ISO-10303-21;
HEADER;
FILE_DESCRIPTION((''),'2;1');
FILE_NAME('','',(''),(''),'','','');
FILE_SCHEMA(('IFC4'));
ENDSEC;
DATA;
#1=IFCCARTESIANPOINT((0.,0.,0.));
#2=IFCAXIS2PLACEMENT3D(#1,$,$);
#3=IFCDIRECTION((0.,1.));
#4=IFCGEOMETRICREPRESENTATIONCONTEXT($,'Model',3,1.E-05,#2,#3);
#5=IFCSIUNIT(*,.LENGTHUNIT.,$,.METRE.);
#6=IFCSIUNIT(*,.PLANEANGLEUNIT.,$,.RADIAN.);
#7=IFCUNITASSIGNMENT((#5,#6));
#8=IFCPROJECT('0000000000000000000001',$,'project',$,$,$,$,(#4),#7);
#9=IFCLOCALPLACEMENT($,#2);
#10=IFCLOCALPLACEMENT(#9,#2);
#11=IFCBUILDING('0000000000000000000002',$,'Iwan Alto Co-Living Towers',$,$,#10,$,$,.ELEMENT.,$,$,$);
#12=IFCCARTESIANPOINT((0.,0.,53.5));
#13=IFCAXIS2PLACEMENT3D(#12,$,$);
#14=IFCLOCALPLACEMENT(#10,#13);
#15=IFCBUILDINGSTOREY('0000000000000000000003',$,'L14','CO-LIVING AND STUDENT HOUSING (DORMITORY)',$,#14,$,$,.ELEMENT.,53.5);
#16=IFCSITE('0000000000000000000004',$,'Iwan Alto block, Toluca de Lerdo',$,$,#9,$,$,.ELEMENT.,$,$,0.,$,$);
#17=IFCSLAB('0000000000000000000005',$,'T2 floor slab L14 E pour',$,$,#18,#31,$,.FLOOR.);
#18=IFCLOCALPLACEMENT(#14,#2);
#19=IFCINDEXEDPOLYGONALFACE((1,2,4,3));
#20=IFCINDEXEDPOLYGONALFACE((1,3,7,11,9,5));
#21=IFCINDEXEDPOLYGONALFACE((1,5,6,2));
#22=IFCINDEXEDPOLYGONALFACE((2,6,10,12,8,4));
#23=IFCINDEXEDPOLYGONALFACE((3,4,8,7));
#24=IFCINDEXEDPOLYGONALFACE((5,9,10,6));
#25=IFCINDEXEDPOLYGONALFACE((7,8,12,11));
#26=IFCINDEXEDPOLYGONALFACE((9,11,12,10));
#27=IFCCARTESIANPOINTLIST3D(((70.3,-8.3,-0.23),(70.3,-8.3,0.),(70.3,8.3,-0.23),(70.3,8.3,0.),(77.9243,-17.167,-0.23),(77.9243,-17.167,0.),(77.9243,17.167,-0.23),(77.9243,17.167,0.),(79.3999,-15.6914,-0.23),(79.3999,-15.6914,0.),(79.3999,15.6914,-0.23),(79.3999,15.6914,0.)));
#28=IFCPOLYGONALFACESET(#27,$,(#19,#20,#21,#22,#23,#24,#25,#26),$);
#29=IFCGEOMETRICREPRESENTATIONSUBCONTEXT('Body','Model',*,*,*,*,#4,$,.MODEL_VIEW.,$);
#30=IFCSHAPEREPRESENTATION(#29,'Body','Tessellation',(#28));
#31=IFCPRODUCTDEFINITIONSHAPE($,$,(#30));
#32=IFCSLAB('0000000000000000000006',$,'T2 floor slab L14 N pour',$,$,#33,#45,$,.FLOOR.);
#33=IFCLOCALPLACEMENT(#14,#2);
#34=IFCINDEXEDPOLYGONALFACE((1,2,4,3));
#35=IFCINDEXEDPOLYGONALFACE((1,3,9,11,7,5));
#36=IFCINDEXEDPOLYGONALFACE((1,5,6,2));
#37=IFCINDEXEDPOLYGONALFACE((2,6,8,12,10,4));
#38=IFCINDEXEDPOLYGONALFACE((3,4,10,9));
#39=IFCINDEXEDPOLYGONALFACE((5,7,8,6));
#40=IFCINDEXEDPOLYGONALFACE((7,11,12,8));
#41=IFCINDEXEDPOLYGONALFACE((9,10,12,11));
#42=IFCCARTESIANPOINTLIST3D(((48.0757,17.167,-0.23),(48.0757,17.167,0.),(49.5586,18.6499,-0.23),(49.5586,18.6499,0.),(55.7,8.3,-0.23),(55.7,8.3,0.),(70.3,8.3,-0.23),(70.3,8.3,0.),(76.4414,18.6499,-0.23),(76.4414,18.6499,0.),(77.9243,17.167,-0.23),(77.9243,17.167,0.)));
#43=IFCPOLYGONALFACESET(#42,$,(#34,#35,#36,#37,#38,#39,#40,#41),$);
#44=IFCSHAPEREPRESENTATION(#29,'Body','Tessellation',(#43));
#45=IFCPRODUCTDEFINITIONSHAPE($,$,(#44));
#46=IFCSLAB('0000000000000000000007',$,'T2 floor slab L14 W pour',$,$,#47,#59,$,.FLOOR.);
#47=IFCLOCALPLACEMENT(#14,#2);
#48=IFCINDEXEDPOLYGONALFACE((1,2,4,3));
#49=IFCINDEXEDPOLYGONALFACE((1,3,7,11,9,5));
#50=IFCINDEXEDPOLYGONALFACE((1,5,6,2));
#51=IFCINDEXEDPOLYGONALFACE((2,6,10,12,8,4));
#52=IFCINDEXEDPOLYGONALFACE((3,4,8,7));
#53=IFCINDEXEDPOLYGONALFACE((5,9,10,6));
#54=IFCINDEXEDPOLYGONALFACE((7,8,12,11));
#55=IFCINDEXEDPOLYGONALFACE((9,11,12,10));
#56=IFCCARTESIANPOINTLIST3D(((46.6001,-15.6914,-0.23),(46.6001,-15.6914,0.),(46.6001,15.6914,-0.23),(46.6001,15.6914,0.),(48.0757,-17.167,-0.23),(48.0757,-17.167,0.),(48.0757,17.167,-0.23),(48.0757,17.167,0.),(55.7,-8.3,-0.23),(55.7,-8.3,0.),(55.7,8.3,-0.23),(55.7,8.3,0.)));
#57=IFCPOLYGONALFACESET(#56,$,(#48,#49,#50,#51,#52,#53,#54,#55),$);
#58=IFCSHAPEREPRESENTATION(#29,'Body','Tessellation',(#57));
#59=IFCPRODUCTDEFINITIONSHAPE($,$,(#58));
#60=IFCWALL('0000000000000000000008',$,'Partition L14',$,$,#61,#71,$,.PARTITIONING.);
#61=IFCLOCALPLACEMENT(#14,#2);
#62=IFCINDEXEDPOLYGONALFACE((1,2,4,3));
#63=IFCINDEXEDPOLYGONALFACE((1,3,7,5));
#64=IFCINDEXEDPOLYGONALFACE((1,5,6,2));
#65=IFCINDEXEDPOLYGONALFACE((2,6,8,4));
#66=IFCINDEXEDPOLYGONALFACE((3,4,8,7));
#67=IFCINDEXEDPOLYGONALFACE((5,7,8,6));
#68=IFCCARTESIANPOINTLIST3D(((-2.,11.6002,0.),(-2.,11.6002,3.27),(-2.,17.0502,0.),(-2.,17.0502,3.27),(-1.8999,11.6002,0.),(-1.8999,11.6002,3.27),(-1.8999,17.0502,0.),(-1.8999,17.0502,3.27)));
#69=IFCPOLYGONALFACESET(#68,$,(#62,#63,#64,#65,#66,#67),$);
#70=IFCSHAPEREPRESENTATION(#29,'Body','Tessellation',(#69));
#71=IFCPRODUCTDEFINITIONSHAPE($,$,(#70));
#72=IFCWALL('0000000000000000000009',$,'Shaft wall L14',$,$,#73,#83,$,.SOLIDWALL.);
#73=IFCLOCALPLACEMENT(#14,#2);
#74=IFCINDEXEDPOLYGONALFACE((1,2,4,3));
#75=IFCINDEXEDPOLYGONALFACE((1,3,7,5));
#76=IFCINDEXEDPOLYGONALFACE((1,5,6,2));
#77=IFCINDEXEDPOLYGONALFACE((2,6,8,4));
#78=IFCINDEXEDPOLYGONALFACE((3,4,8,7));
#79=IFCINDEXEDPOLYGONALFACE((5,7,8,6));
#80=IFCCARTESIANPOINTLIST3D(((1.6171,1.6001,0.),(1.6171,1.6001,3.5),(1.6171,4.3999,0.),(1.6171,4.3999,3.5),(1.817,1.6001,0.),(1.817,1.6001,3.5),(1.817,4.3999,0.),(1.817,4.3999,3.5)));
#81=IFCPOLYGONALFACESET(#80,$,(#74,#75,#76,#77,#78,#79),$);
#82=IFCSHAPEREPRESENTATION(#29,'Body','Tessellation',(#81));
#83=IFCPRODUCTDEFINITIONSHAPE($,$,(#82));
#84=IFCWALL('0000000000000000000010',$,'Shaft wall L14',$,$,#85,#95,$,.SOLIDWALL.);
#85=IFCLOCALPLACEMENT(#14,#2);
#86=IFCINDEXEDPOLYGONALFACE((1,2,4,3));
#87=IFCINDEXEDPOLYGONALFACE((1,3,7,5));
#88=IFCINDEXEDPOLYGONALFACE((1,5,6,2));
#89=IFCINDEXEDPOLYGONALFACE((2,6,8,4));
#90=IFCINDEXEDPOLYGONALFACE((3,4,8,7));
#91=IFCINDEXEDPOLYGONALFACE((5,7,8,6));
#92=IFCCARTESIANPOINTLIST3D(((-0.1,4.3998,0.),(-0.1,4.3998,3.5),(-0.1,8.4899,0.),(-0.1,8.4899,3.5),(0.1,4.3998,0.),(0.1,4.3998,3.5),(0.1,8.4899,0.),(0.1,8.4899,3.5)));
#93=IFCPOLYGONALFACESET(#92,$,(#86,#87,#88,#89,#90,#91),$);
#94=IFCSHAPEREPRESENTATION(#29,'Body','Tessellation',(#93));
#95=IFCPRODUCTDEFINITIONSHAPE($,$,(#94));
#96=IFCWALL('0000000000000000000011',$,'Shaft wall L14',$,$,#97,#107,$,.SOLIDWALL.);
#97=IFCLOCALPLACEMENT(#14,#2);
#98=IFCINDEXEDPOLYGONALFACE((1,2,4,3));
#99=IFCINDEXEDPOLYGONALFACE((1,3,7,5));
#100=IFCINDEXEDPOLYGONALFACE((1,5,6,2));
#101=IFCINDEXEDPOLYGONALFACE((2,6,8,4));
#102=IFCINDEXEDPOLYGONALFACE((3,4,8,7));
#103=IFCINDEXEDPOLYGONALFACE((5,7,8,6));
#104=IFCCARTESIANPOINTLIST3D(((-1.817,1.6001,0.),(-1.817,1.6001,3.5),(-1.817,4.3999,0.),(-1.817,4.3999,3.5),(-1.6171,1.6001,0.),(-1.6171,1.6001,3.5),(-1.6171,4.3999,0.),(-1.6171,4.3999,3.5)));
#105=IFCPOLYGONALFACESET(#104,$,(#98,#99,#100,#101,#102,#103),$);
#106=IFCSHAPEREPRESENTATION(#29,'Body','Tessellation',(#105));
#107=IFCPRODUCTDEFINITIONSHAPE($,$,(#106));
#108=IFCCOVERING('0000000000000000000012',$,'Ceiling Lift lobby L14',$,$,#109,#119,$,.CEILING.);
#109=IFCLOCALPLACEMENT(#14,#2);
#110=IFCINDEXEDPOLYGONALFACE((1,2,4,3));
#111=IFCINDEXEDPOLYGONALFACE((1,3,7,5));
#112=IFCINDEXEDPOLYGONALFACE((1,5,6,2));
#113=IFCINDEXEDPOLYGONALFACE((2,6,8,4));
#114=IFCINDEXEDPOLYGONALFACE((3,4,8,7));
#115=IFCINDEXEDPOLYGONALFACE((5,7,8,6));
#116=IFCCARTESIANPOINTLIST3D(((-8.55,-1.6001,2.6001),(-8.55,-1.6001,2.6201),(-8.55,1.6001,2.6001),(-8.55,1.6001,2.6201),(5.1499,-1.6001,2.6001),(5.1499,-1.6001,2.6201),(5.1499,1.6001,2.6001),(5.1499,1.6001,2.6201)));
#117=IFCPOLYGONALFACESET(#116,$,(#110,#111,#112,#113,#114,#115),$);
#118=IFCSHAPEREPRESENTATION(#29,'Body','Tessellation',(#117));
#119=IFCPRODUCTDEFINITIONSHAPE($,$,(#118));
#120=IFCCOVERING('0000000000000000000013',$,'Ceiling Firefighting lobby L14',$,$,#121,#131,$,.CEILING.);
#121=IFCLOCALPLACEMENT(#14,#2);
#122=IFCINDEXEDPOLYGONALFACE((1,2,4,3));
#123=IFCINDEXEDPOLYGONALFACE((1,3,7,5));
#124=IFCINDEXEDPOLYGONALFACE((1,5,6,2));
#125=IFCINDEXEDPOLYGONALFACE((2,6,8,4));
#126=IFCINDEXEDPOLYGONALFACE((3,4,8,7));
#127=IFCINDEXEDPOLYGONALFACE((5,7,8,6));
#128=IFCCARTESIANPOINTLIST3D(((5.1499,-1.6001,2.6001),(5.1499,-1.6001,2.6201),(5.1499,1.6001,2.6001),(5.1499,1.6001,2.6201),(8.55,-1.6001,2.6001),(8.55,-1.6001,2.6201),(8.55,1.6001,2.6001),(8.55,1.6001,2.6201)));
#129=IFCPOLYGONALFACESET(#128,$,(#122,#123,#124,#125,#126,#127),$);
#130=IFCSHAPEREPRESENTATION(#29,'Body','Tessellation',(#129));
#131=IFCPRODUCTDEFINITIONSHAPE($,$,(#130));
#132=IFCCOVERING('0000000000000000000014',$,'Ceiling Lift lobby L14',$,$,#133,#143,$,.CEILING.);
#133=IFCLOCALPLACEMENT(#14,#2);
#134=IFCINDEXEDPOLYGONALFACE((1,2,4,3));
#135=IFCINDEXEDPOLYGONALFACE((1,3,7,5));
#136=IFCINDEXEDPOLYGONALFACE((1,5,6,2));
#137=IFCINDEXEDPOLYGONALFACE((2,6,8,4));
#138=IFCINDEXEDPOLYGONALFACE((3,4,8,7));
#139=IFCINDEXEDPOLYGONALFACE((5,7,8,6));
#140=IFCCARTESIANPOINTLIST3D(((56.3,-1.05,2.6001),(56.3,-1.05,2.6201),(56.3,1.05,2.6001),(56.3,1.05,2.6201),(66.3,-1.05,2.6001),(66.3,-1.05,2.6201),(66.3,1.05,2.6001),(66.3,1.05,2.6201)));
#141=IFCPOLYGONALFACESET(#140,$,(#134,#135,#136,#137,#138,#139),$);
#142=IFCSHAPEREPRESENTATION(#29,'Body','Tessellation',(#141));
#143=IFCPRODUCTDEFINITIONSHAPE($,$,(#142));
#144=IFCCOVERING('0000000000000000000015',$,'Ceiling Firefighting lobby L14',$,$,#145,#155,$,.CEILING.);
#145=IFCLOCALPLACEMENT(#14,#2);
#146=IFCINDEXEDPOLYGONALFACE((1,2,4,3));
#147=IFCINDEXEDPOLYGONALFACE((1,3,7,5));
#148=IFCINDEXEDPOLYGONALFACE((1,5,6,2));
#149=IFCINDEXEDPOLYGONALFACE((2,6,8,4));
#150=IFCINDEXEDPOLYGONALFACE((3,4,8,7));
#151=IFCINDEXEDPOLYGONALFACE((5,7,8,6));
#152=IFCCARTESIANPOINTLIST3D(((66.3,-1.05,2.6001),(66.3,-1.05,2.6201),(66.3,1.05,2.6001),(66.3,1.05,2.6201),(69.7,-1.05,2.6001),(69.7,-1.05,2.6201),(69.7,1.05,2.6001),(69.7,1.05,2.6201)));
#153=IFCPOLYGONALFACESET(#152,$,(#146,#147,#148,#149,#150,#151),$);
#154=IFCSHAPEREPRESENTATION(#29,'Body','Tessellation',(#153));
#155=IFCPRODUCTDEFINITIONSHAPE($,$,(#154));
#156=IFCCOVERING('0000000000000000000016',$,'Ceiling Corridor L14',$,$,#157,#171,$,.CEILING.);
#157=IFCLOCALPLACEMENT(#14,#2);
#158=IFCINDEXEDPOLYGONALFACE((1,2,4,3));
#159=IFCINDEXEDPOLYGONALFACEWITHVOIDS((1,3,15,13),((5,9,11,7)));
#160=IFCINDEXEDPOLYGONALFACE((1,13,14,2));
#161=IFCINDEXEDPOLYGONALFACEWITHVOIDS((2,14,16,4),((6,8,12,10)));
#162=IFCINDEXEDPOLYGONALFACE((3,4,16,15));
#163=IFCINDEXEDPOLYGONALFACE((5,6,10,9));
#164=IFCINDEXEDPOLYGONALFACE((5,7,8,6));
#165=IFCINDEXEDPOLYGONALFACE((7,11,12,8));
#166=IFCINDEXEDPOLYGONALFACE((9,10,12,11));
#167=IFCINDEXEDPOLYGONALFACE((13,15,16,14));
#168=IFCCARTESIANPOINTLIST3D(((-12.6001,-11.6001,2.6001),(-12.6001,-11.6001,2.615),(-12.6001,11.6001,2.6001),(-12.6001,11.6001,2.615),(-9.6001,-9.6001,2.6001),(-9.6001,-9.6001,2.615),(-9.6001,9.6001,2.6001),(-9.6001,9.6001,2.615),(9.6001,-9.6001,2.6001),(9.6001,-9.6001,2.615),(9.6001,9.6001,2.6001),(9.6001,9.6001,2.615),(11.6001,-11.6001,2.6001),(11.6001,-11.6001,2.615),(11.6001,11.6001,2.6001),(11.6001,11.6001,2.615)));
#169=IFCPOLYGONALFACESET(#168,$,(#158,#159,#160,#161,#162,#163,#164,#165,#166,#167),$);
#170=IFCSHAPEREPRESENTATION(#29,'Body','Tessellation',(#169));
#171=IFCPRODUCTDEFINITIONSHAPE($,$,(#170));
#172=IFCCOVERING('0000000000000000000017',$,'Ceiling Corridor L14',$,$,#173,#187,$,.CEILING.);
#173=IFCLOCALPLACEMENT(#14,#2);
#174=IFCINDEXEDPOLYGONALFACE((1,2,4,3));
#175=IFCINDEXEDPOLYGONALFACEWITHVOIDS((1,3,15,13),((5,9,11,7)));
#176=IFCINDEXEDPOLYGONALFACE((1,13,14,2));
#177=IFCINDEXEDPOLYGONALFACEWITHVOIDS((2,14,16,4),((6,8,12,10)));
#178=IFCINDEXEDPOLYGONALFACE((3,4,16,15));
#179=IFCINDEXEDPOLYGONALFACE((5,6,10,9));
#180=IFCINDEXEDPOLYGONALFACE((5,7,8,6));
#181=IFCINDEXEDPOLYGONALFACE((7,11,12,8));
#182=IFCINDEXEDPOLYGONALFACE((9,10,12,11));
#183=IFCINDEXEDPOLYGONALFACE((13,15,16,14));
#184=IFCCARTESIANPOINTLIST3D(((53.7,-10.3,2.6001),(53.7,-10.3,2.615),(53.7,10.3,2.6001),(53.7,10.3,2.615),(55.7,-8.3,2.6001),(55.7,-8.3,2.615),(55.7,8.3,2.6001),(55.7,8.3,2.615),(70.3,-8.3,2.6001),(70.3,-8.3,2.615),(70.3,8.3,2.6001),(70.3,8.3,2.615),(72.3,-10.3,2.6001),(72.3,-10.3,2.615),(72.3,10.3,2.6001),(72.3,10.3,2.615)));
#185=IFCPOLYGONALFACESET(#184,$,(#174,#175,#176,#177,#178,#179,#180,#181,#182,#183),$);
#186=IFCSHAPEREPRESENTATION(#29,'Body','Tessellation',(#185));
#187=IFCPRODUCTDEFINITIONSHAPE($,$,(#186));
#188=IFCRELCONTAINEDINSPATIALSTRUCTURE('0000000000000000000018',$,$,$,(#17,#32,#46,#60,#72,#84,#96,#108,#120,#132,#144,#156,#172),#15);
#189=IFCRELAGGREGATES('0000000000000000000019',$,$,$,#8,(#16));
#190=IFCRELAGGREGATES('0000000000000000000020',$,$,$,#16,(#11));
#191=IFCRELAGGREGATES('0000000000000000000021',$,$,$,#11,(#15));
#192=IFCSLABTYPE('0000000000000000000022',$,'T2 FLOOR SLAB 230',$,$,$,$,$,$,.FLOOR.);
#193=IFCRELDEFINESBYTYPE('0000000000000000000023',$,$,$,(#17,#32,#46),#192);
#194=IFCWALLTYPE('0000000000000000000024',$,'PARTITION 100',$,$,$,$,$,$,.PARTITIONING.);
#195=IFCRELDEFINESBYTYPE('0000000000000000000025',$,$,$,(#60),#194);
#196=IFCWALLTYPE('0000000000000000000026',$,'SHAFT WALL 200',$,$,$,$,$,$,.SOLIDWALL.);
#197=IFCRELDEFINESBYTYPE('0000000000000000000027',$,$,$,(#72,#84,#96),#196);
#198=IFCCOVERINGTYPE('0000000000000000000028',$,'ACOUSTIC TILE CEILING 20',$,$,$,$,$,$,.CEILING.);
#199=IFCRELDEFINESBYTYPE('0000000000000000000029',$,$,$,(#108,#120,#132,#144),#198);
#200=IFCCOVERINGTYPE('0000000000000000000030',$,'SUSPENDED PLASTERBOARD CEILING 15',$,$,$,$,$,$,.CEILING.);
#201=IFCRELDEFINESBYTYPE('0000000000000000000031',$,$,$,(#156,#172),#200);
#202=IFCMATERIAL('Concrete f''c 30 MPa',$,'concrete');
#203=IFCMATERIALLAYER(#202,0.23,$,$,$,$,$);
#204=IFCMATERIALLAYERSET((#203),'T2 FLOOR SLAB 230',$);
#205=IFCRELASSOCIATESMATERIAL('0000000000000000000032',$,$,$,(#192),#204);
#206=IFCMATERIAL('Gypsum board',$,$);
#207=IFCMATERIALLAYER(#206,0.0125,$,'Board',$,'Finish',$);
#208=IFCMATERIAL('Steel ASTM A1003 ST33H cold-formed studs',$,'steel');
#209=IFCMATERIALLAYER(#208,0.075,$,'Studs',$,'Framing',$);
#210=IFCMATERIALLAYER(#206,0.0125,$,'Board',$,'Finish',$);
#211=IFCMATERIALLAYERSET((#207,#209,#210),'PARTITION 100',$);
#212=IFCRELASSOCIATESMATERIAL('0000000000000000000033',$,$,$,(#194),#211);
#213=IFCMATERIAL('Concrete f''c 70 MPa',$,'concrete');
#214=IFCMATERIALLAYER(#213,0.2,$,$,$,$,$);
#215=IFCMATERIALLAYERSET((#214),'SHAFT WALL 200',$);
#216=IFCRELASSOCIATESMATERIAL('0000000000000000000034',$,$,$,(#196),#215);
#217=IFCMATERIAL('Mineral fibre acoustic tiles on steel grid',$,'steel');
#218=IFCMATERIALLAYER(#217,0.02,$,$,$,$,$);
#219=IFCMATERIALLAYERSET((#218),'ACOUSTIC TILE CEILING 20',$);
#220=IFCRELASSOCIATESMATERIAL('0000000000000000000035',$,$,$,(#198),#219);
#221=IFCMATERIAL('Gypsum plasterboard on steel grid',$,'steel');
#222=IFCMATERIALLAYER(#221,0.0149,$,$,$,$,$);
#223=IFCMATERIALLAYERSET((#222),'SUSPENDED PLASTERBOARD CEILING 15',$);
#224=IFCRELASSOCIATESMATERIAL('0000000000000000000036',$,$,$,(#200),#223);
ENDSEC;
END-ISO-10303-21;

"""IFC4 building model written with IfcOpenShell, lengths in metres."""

from ifc_helpers import new_model, si_unit, direction, frame, frame_2d, origin, place, context, subcontext, project, spatial, polyline, rectangle, outline, extrude, material, layer, layer_set, type_object, element, save


model = new_model("IFC4")

# Units and contexts
model_context = context("Model", 3, precision=1e-05, world=origin(), true_north=direction((0.0, 1.0)))
body_context = subcontext(model_context, "Body", "Model", "MODEL_VIEW")
ifc_project = project(units=[si_unit("LENGTHUNIT", "METRE"), si_unit("PLANEANGLEUNIT", "RADIAN")], contexts=[model_context])

# Site, building, storey
site_placement = place(None, origin())
site = spatial("IfcSite", under=ifc_project, at=site_placement, Name="Iwan Alto block, Toluca de Lerdo", CompositionType="ELEMENT", RefElevation=0.0)
building_placement = place(site_placement, origin())
building = spatial("IfcBuilding", under=site, at=building_placement, Name="Iwan Alto Co-Living Towers", CompositionType="ELEMENT")
storey_placement = place(building_placement, frame((0.0, 0.0, 53.5)))
storey = spatial("IfcBuildingStorey", under=building, at=storey_placement, Name="L14", Description="CO-LIVING AND STUDENT HOUSING (DORMITORY)", CompositionType="ELEMENT", Elevation=53.5)

# Slabs
ifc_material_1 = material(Name="Concrete f'c 30 MPa", Category="concrete")
ifc_layer_1 = layer(ifc_material_1, 0.23)
ifc_layer_set_1 = layer_set([ifc_layer_1], Name="T2 FLOOR SLAB 230")
slab_type_1 = type_object("IfcSlabType", Name="T2 FLOOR SLAB 230", PredefinedType="FLOOR", material=ifc_layer_set_1)
slab_1_placement = place(storey_placement, frame((0.0, 0.0, -0.23)))
element("IfcSlab", 1, at=slab_1_placement, inside=storey, type_object=slab_type_1, Name="T2 floor slab L14 E pour", PredefinedType="FLOOR", context=body_context, shape_type="SweptSolid", body=[
    extrude(outline(polyline([(79.3999, 15.6914), (79.3999, -15.6914), (77.9243, -17.167), (70.3, -8.3), (70.3, 8.3), (77.9243, 17.167), (79.3999, 15.6914)])), origin(), (0.0, 0.0, 1.0), 0.23),
])
slab_2_placement = place(storey_placement, frame((0.0, 0.0, -0.23)))
element("IfcSlab", 2, at=slab_2_placement, inside=storey, type_object=slab_type_1, Name="T2 floor slab L14 N pour", PredefinedType="FLOOR", context=body_context, shape_type="SweptSolid", body=[
    extrude(outline(polyline([(49.5586, 18.6499), (76.4414, 18.6499), (77.9243, 17.167), (70.3, 8.3), (55.7, 8.3), (48.0757, 17.167), (49.5586, 18.6499)])), origin(), (0.0, 0.0, 1.0), 0.23),
])
slab_3_placement = place(storey_placement, frame((0.0, 0.0, -0.23)))
element("IfcSlab", 3, at=slab_3_placement, inside=storey, type_object=slab_type_1, Name="T2 floor slab L14 W pour", PredefinedType="FLOOR", context=body_context, shape_type="SweptSolid", body=[
    extrude(outline(polyline([(46.6001, 15.6914), (48.0757, 17.167), (55.7, 8.3), (55.7, -8.3), (48.0757, -17.167), (46.6001, -15.6914), (46.6001, 15.6914)])), origin(), (0.0, 0.0, 1.0), 0.23),
])

# Walls
ifc_material_2 = material(Name="Gypsum board")
ifc_layer_2 = layer(ifc_material_2, 0.0125, Name="Board", Category="Finish")
ifc_material_3 = material(Name="Steel ASTM A1003 ST33H cold-formed studs", Category="steel")
ifc_layer_3 = layer(ifc_material_3, 0.075, Name="Studs", Category="Framing")
ifc_layer_4 = layer(ifc_material_2, 0.0125, Name="Board", Category="Finish")
ifc_layer_set_2 = layer_set([ifc_layer_2, ifc_layer_3, ifc_layer_4], Name="PARTITION 100")
wall_type_1 = type_object("IfcWallType", Name="PARTITION 100", PredefinedType="PARTITIONING", material=ifc_layer_set_2)
wall_1_placement = place(storey_placement, frame((-1.95, 11.6001, 0.0), z_axis=(0.0, 0.0, 1.0), x_axis=(0.0, 1.0, 0.0)))
element("IfcWall", 4, at=wall_1_placement, inside=storey, type_object=wall_type_1, Name="Partition L14", PredefinedType="PARTITIONING", context=body_context, shape_type="SweptSolid", body=[
    extrude(rectangle(XDim=5.45, YDim=0.1001, at=frame_2d((2.7251, 0.0))), origin(), (0.0, 0.0, 1.0), 3.27),
])
ifc_material_4 = material(Name="Concrete f'c 70 MPa", Category="concrete")
ifc_layer_5 = layer(ifc_material_4, 0.2)
ifc_layer_set_3 = layer_set([ifc_layer_5], Name="SHAFT WALL 200")
wall_type_2 = type_object("IfcWallType", Name="SHAFT WALL 200", PredefinedType="SOLIDWALL", material=ifc_layer_set_3)
wall_2_placement = place(storey_placement, frame((1.717, 1.6001, 0.0), z_axis=(0.0, 0.0, 1.0), x_axis=(0.0, 1.0, 0.0)))
element("IfcWall", 5, at=wall_2_placement, inside=storey, type_object=wall_type_2, Name="Shaft wall L14", PredefinedType="SOLIDWALL", context=body_context, shape_type="SweptSolid", body=[
    extrude(rectangle(XDim=2.7998, YDim=0.2, at=frame_2d((1.3999, 0.0))), origin(), (0.0, 0.0, 1.0), 3.5),
])
wall_3_placement = place(storey_placement, frame((0.0, 4.3999, 0.0), z_axis=(0.0, 0.0, 1.0), x_axis=(0.0, 1.0, 0.0)))
element("IfcWall", 6, at=wall_3_placement, inside=storey, type_object=wall_type_2, Name="Shaft wall L14", PredefinedType="SOLIDWALL", context=body_context, shape_type="SweptSolid", body=[
    extrude(rectangle(XDim=4.0901, YDim=0.2, at=frame_2d((2.0449, 0.0))), origin(), (0.0, 0.0, 1.0), 3.5),
])
wall_4_placement = place(storey_placement, frame((-1.717, 1.6001, 0.0), z_axis=(0.0, 0.0, 1.0), x_axis=(0.0, 1.0, 0.0)))
element("IfcWall", 7, at=wall_4_placement, inside=storey, type_object=wall_type_2, Name="Shaft wall L14", PredefinedType="SOLIDWALL", context=body_context, shape_type="SweptSolid", body=[
    extrude(rectangle(XDim=2.7998, YDim=0.2, at=frame_2d((1.3999, 0.0))), origin(), (0.0, 0.0, 1.0), 3.5),
])

# Coverings
ifc_material_5 = material(Name="Mineral fibre acoustic tiles on steel grid", Category="steel")
ifc_layer_6 = layer(ifc_material_5, 0.02)
ifc_layer_set_4 = layer_set([ifc_layer_6], Name="ACOUSTIC TILE CEILING 20")
covering_type_1 = type_object("IfcCoveringType", Name="ACOUSTIC TILE CEILING 20", PredefinedType="CEILING", material=ifc_layer_set_4)
covering_1_placement = place(storey_placement, frame((0.0, 0.0, 2.6001)))
element("IfcCovering", 8, at=covering_1_placement, inside=storey, type_object=covering_type_1, Name="Ceiling Lift lobby L14", PredefinedType="CEILING", context=body_context, shape_type="SweptSolid", body=[
    extrude(outline(polyline([(-8.55, -1.6001), (-8.55, 1.6001), (5.1499, 1.6001), (5.1499, -1.6001), (-8.55, -1.6001)])), origin(), (0.0, 0.0, 1.0), 0.02),
])
covering_2_placement = place(storey_placement, frame((0.0, 0.0, 2.6001)))
element("IfcCovering", 9, at=covering_2_placement, inside=storey, type_object=covering_type_1, Name="Ceiling Firefighting lobby L14", PredefinedType="CEILING", context=body_context, shape_type="SweptSolid", body=[
    extrude(outline(polyline([(5.1499, -1.6001), (5.1499, 1.6001), (8.55, 1.6001), (8.55, -1.6001), (5.1499, -1.6001)])), origin(), (0.0, 0.0, 1.0), 0.02),
])
covering_3_placement = place(storey_placement, frame((0.0, 0.0, 2.6001)))
element("IfcCovering", 10, at=covering_3_placement, inside=storey, type_object=covering_type_1, Name="Ceiling Lift lobby L14", PredefinedType="CEILING", context=body_context, shape_type="SweptSolid", body=[
    extrude(outline(polyline([(56.3, -1.05), (56.3, 1.05), (66.3, 1.05), (66.3, -1.05), (56.3, -1.05)])), origin(), (0.0, 0.0, 1.0), 0.02),
])
covering_4_placement = place(storey_placement, frame((0.0, 0.0, 2.6001)))
element("IfcCovering", 11, at=covering_4_placement, inside=storey, type_object=covering_type_1, Name="Ceiling Firefighting lobby L14", PredefinedType="CEILING", context=body_context, shape_type="SweptSolid", body=[
    extrude(outline(polyline([(66.3, -1.05), (66.3, 1.05), (69.7, 1.05), (69.7, -1.05), (66.3, -1.05)])), origin(), (0.0, 0.0, 1.0), 0.02),
])
ifc_material_6 = material(Name="Gypsum plasterboard on steel grid", Category="steel")
ifc_layer_7 = layer(ifc_material_6, 0.0149)
ifc_layer_set_5 = layer_set([ifc_layer_7], Name="SUSPENDED PLASTERBOARD CEILING 15")
covering_type_2 = type_object("IfcCoveringType", Name="SUSPENDED PLASTERBOARD CEILING 15", PredefinedType="CEILING", material=ifc_layer_set_5)
covering_5_placement = place(storey_placement, frame((0.0, 0.0, 2.6001)))
element("IfcCovering", 12, at=covering_5_placement, inside=storey, type_object=covering_type_2, Name="Ceiling Corridor L14", PredefinedType="CEILING", context=body_context, shape_type="SweptSolid", body=[
    extrude(outline(polyline([(-12.6001, 11.6001), (11.6001, 11.6001), (11.6001, -11.6001), (-12.6001, -11.6001), (-12.6001, 11.6001)]), holes=[polyline([(-9.6001, 9.6001), (-9.6001, -9.6001), (9.6001, -9.6001), (9.6001, 9.6001), (-9.6001, 9.6001)])]), origin(), (0.0, 0.0, 1.0), 0.0149),
])
covering_6_placement = place(storey_placement, frame((0.0, 0.0, 2.6001)))
element("IfcCovering", 13, at=covering_6_placement, inside=storey, type_object=covering_type_2, Name="Ceiling Corridor L14", PredefinedType="CEILING", context=body_context, shape_type="SweptSolid", body=[
    extrude(outline(polyline([(53.7, 10.3), (72.3, 10.3), (72.3, -10.3), (53.7, -10.3), (53.7, 10.3)]), holes=[polyline([(55.7, 8.3), (55.7, -8.3), (70.3, -8.3), (70.3, 8.3), (55.7, 8.3)])]), origin(), (0.0, 0.0, 1.0), 0.0149),
])

save(model, "model.ifc")
